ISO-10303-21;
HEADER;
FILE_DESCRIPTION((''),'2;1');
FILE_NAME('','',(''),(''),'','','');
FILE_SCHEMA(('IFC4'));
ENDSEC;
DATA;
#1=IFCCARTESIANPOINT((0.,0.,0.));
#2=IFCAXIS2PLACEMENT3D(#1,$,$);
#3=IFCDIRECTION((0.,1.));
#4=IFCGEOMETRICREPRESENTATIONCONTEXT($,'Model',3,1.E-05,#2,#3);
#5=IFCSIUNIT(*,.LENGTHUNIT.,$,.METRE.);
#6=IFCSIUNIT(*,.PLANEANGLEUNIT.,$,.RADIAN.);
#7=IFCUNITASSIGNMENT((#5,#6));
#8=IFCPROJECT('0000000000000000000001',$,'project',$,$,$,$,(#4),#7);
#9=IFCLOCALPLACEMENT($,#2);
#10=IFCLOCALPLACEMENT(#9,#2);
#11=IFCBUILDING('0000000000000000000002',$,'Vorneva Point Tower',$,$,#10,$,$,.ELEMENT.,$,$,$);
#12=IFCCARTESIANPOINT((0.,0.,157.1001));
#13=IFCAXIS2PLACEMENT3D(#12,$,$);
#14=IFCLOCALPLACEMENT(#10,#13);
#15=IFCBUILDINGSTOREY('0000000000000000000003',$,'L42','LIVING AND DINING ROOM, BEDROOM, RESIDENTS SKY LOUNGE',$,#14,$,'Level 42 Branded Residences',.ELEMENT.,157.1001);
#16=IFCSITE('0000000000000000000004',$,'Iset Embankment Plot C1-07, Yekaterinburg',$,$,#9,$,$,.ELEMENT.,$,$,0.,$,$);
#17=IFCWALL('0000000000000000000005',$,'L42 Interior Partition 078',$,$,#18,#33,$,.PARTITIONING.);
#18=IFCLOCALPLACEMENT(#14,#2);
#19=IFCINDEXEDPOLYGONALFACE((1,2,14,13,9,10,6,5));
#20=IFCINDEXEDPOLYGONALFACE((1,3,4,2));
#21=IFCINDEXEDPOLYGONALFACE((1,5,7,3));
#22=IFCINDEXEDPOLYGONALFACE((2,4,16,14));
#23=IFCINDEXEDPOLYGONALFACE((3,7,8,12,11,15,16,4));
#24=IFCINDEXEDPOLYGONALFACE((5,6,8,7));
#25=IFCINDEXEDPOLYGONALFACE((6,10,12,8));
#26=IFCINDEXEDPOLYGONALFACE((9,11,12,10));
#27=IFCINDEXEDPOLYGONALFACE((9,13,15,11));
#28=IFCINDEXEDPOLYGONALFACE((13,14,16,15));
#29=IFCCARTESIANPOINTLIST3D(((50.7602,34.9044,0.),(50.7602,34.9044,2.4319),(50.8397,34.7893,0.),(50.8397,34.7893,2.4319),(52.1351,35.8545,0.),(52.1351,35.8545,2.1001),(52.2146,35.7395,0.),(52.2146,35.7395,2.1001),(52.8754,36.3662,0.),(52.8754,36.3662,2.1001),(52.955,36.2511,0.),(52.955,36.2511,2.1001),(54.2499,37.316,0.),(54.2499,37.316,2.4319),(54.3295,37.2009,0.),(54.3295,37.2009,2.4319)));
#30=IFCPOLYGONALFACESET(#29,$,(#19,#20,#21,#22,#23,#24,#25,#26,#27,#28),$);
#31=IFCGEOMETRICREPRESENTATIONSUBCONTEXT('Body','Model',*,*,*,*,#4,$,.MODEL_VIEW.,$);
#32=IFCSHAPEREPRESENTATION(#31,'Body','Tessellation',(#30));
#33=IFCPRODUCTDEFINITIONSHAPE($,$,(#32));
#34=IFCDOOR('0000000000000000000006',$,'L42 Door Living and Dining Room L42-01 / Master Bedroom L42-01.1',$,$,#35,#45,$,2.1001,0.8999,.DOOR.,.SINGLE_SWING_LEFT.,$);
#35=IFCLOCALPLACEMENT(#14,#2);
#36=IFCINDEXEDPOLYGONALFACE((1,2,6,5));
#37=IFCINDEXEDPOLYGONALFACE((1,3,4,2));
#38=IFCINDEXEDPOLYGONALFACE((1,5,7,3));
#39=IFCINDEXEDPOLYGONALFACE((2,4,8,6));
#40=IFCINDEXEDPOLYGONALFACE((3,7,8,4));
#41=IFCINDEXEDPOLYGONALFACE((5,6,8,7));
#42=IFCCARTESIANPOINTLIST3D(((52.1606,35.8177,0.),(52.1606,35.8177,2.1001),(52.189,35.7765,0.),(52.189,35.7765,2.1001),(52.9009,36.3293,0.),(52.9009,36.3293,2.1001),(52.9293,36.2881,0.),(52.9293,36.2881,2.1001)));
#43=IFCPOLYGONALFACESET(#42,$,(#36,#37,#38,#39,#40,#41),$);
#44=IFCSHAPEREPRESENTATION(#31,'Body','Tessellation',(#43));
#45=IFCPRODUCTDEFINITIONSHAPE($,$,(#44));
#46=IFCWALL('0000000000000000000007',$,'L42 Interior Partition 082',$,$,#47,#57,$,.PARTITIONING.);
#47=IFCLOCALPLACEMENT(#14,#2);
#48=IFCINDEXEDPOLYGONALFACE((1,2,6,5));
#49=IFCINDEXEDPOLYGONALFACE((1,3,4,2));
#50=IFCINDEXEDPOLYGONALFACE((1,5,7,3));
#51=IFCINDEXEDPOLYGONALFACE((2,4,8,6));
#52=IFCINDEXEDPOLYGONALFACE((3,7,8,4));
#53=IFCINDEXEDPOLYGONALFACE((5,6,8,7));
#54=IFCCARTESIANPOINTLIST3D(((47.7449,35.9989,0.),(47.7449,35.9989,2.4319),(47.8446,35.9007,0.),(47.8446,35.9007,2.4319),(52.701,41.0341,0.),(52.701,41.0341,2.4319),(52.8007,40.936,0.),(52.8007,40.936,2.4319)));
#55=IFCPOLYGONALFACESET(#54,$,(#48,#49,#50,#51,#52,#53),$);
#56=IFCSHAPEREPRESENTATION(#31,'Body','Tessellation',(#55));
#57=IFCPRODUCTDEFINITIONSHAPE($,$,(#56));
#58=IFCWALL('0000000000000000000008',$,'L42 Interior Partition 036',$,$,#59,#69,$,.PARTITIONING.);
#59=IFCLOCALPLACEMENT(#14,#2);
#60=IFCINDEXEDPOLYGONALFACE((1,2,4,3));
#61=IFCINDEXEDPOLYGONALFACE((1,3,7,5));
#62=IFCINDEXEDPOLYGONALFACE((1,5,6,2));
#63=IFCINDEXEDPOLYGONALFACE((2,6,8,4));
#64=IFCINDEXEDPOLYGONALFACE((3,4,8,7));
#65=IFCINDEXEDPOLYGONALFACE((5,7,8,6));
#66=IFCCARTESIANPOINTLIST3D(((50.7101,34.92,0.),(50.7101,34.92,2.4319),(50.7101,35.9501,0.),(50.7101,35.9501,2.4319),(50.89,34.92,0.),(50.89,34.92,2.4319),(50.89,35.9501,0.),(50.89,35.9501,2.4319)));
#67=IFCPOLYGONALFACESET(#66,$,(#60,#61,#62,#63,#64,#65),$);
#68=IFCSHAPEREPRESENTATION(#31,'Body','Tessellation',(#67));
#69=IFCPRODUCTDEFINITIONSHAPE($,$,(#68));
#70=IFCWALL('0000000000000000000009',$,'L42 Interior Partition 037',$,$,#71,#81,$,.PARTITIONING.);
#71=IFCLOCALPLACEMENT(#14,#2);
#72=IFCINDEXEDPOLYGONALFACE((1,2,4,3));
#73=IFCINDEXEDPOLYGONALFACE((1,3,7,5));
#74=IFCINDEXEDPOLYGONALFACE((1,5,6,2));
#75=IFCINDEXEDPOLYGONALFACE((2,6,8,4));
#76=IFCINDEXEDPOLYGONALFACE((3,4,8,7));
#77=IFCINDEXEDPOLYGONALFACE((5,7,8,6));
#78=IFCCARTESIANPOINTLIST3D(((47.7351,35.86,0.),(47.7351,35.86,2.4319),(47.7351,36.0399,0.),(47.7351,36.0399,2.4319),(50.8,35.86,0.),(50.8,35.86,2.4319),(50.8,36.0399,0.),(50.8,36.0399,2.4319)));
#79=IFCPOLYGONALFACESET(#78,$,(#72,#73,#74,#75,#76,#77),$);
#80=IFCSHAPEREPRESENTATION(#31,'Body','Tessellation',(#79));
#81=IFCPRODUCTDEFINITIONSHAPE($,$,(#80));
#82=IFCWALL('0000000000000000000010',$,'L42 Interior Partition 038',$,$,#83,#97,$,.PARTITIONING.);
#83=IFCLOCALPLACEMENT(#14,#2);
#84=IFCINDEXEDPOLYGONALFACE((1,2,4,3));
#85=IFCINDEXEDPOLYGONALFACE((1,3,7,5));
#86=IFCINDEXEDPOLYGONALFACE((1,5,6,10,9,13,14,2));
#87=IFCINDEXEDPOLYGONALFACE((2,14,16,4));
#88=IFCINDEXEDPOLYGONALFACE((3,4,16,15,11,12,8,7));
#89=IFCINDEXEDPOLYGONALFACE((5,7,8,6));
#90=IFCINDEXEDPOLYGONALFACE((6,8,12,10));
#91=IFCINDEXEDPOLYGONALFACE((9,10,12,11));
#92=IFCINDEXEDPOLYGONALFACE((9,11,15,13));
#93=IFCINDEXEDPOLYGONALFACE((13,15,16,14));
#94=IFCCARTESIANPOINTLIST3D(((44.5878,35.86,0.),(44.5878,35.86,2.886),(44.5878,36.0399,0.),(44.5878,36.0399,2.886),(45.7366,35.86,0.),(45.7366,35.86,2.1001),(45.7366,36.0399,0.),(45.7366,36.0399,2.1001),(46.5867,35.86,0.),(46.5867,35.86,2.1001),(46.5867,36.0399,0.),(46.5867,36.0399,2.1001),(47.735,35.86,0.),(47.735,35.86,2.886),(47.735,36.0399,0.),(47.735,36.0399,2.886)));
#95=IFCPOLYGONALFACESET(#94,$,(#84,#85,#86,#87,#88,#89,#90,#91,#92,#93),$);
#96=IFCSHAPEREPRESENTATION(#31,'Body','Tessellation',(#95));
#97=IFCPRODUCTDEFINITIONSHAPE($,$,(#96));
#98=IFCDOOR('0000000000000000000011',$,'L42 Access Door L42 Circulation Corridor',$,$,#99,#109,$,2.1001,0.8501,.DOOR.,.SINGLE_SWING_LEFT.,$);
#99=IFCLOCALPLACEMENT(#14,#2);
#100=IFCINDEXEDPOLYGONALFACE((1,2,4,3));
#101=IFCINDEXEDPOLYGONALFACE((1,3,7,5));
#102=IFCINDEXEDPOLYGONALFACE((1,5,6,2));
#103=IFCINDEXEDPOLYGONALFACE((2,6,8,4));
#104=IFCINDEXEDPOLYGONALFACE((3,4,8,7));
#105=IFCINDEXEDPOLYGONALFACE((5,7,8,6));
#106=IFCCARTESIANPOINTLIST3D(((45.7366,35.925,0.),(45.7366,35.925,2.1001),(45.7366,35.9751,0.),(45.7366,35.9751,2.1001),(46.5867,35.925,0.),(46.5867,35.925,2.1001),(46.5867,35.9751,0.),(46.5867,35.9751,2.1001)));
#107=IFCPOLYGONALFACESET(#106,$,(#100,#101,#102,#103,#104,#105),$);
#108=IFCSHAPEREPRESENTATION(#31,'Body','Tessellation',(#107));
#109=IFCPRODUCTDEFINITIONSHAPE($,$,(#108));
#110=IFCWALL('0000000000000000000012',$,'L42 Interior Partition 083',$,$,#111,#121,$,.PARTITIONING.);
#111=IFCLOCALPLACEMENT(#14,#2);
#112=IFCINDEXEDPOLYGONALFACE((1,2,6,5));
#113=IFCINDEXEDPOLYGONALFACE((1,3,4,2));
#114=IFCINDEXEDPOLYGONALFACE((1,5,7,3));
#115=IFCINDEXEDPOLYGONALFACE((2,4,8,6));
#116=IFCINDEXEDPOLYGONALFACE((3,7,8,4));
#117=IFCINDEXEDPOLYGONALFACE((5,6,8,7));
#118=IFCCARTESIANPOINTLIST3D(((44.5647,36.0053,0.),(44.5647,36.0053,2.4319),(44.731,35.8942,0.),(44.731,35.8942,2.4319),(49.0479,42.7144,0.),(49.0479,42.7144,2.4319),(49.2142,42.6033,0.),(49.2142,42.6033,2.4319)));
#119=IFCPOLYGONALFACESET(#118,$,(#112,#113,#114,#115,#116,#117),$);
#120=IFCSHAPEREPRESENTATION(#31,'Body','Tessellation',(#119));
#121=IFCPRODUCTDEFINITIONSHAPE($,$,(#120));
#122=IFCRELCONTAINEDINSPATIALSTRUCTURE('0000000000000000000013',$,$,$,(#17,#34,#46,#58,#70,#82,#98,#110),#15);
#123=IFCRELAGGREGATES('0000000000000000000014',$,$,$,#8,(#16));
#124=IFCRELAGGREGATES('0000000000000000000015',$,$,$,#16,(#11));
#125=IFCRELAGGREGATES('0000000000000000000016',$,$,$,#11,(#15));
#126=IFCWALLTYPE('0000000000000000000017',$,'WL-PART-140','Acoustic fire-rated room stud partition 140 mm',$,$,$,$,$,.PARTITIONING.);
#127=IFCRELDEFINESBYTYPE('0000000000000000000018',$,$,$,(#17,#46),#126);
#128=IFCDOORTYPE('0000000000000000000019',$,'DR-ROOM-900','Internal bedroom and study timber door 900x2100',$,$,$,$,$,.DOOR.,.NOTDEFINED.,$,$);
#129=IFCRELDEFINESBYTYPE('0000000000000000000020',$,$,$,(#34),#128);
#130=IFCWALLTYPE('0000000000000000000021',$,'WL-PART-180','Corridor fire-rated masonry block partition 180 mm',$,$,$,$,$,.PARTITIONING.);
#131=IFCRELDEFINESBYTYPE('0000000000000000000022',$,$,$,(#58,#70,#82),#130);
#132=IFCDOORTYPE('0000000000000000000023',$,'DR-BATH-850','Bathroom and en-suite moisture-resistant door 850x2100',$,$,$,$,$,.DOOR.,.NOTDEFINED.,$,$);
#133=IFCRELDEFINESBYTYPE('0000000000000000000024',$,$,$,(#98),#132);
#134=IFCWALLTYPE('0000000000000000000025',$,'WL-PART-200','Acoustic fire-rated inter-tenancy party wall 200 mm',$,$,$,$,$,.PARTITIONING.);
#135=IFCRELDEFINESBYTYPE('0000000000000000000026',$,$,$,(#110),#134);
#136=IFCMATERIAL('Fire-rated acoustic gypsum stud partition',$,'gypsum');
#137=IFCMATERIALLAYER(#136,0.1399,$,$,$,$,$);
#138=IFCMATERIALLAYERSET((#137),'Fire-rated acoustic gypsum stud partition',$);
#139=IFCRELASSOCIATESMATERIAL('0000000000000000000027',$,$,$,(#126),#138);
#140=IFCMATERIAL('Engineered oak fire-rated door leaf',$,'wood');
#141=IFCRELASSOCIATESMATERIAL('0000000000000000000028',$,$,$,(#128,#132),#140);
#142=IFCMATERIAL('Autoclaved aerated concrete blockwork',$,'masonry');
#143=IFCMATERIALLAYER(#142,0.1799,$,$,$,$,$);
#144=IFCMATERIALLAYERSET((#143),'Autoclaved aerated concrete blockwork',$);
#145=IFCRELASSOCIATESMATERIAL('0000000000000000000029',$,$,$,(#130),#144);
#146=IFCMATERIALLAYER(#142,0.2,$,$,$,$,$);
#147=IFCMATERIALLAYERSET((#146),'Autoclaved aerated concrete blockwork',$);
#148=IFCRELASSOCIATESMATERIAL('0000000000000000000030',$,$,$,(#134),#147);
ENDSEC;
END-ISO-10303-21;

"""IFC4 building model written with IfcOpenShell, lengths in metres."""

from ifc_helpers import new_model, si_unit, direction, frame, frame_2d, origin, place, context, subcontext, project, spatial, rectangle, extrude, material, layer, layer_set, type_object, element, fill, save


model = new_model("IFC4")

# Units and contexts
model_context = context("Model", 3, precision=1e-05, world=origin(), true_north=direction((0.0, 1.0)))
body_context = subcontext(model_context, "Body", "Model", "MODEL_VIEW")
ifc_project = project(units=[si_unit("LENGTHUNIT", "METRE"), si_unit("PLANEANGLEUNIT", "RADIAN")], contexts=[model_context])

# Site, building, storey
site_placement = place(None, origin())
site = spatial("IfcSite", under=ifc_project, at=site_placement, Name="Iset Embankment Plot C1-07, Yekaterinburg", CompositionType="ELEMENT", RefElevation=0.0)
building_placement = place(site_placement, origin())
building = spatial("IfcBuilding", under=site, at=building_placement, Name="Vorneva Point Tower", CompositionType="ELEMENT")
storey_placement = place(building_placement, frame((0.0, 0.0, 157.1001)))
storey = spatial("IfcBuildingStorey", under=building, at=storey_placement, Name="L42", Description="LIVING AND DINING ROOM, BEDROOM, RESIDENTS SKY LOUNGE", LongName="Level 42 Branded Residences", CompositionType="ELEMENT", Elevation=157.1001)

# Shared definitions
ifc_material_1 = material(Name="Fire-rated acoustic gypsum stud partition", Category="gypsum")

# Wall, opening, door
ifc_layer_1 = layer(ifc_material_1, 0.1399)
ifc_layer_set_1 = layer_set([ifc_layer_1], Name="Fire-rated acoustic gypsum stud partition")
wall_type_1 = type_object("IfcWallType", Name="WL-PART-140", Description="Acoustic fire-rated room stud partition 140 mm", PredefinedType="PARTITIONING", material=ifc_layer_set_1)
wall_1_placement = place(storey_placement, frame((54.2898, 37.2585, 0.0), z_axis=(0.0, 0.0, 1.0), x_axis=(-0.822673, -0.568515, 0.0)))
wall_1 = element("IfcWall", 1, at=wall_1_placement, inside=storey, type_object=wall_type_1, Name="L42 Interior Partition 078", PredefinedType="PARTITIONING", context=body_context, shape_type="SweptSolid", body=[
    extrude(rectangle(XDim=4.2419, YDim=0.1399, at=frame_2d((2.1211, 0.0))), origin(), (0.0, 0.0, 1.0), 2.4319),
])
opening_1_placement = place(wall_1_placement, frame((1.6709, 0.0, 0.0)))
opening_1 = element("IfcOpeningElement", 2, at=opening_1_placement, cuts=wall_1, PredefinedType="OPENING", context=body_context, shape_type="SweptSolid", body=[
    extrude(rectangle(XDim=0.8999, YDim=2.1001, at=frame_2d((0.45, 1.05))), frame((0.0, 0.085, 0.0), z_axis=(0.0, -1.0, 0.0), x_axis=(1.0, 0.0, 0.0)), (0.0, 0.0, 1.0), 0.1697),
])
ifc_material_2 = material(Name="Engineered oak fire-rated door leaf", Category="wood")
door_type_1 = type_object("IfcDoorType", Name="DR-ROOM-900", Description="Internal bedroom and study timber door 900x2100", OperationType="NOTDEFINED", PredefinedType="DOOR", material=ifc_material_2)
door_1_placement = place(opening_1_placement, origin())
door_1 = element("IfcDoor", 3, at=door_1_placement, inside=storey, type_object=door_type_1, Name="L42 Door Living and Dining Room L42-01 / Master Bedroom L42-01.1", OperationType="SINGLE_SWING_LEFT", OverallHeight=2.1001, OverallWidth=0.8999, PredefinedType="DOOR", context=body_context, shape_type="SweptSolid", body=[
    extrude(rectangle(XDim=0.8999, YDim=2.1001, at=frame_2d((0.45, 1.05))), frame((0.0, 0.0249, 0.0), z_axis=(0.0, -1.0, 0.0), x_axis=(1.0, 0.0, 0.0)), (0.0, 0.0, 1.0), 0.05),
])
fill(opening_1, door_1)

# Walls
wall_2_placement = place(storey_placement, frame((52.751, 40.9851, 0.0), z_axis=(0.0, 0.0, 1.0), x_axis=(-0.701487, -0.712683, 0.0)))
element("IfcWall", 4, at=wall_2_placement, inside=storey, type_object=wall_type_1, Name="L42 Interior Partition 082", PredefinedType="PARTITIONING", context=body_context, shape_type="SweptSolid", body=[
    extrude(rectangle(XDim=7.0652, YDim=0.1399, at=frame_2d((3.5327, 0.0))), origin(), (0.0, 0.0, 1.0), 2.4319),
])
ifc_material_3 = material(Name="Autoclaved aerated concrete blockwork", Category="masonry")
ifc_layer_2 = layer(ifc_material_3, 0.1799)
ifc_layer_set_2 = layer_set([ifc_layer_2], Name="Autoclaved aerated concrete blockwork")
wall_type_2 = type_object("IfcWallType", Name="WL-PART-180", Description="Corridor fire-rated masonry block partition 180 mm", PredefinedType="PARTITIONING", material=ifc_layer_set_2)
wall_3_placement = place(storey_placement, frame((50.8, 34.9199, 0.0), z_axis=(0.0, 0.0, 1.0), x_axis=(0.0, 1.0, 0.0)))
element("IfcWall", 5, at=wall_3_placement, inside=storey, type_object=wall_type_2, Name="L42 Interior Partition 036", PredefinedType="PARTITIONING", context=body_context, shape_type="SweptSolid", body=[
    extrude(rectangle(XDim=1.03, YDim=0.1799, at=frame_2d((0.5151, 0.0))), origin(), (0.0, 0.0, 1.0), 2.4319),
])
wall_4_placement = place(storey_placement, frame((50.8, 35.95, 0.0), z_axis=(0.0, 0.0, 1.0), x_axis=(-1.0, 0.0, 0.0)))
element("IfcWall", 6, at=wall_4_placement, inside=storey, type_object=wall_type_2, Name="L42 Interior Partition 037", PredefinedType="PARTITIONING", context=body_context, shape_type="SweptSolid", body=[
    extrude(rectangle(XDim=3.0649, YDim=0.1799, at=frame_2d((1.5325, 0.0))), origin(), (0.0, 0.0, 1.0), 2.4319),
])

# Wall, opening, door
wall_5_placement = place(storey_placement, frame((47.7351, 35.95, 0.0), z_axis=(0.0, 0.0, 1.0), x_axis=(-1.0, 0.0, 0.0)))
wall_5 = element("IfcWall", 7, at=wall_5_placement, inside=storey, type_object=wall_type_2, Name="L42 Interior Partition 038", PredefinedType="PARTITIONING", context=body_context, shape_type="SweptSolid", body=[
    extrude(rectangle(XDim=3.1472, YDim=0.1799, at=frame_2d((1.5737, 0.0))), origin(), (0.0, 0.0, 1.0), 2.886),
])
opening_2_placement = place(wall_5_placement, frame((1.1484, 0.0, 0.0)))
opening_2 = element("IfcOpeningElement", 8, at=opening_2_placement, cuts=wall_5, PredefinedType="OPENING", context=body_context, shape_type="SweptSolid", body=[
    extrude(rectangle(XDim=0.8501, YDim=2.1001, at=frame_2d((0.425, 1.05))), frame((0.0, 0.105, 0.0), z_axis=(0.0, -1.0, 0.0), x_axis=(1.0, 0.0, 0.0)), (0.0, 0.0, 1.0), 0.2097),
])
door_type_2 = type_object("IfcDoorType", Name="DR-BATH-850", Description="Bathroom and en-suite moisture-resistant door 850x2100", OperationType="NOTDEFINED", PredefinedType="DOOR", material=ifc_material_2)
door_2_placement = place(opening_2_placement, origin())
door_2 = element("IfcDoor", 9, at=door_2_placement, inside=storey, type_object=door_type_2, Name="L42 Access Door L42 Circulation Corridor", OperationType="SINGLE_SWING_LEFT", OverallHeight=2.1001, OverallWidth=0.8501, PredefinedType="DOOR", context=body_context, shape_type="SweptSolid", body=[
    extrude(rectangle(XDim=0.8501, YDim=2.1001, at=frame_2d((0.425, 1.05))), frame((0.0, 0.0249, 0.0), z_axis=(0.0, -1.0, 0.0), x_axis=(1.0, 0.0, 0.0)), (0.0, 0.0, 1.0), 0.05),
])
fill(opening_2, door_2)

# Wall
ifc_layer_3 = layer(ifc_material_3, 0.2)
ifc_layer_set_3 = layer_set([ifc_layer_3], Name="Autoclaved aerated concrete blockwork")
wall_type_3 = type_object("IfcWallType", Name="WL-PART-200", Description="Acoustic fire-rated inter-tenancy party wall 200 mm", PredefinedType="PARTITIONING", material=ifc_layer_set_3)
wall_6_placement = place(storey_placement, frame((49.1311, 42.6589, 0.0), z_axis=(0.0, 0.0, 1.0), x_axis=(-0.555601, -0.831449, 0.0)))
element("IfcWall", 10, at=wall_6_placement, inside=storey, type_object=wall_type_3, Name="L42 Interior Partition 083", PredefinedType="PARTITIONING", context=body_context, shape_type="SweptSolid", body=[
    extrude(rectangle(XDim=8.0691, YDim=0.2, at=frame_2d((4.0347, 0.0))), origin(), (0.0, 0.0, 1.0), 2.4319),
])

save(model, "model.ifc")
